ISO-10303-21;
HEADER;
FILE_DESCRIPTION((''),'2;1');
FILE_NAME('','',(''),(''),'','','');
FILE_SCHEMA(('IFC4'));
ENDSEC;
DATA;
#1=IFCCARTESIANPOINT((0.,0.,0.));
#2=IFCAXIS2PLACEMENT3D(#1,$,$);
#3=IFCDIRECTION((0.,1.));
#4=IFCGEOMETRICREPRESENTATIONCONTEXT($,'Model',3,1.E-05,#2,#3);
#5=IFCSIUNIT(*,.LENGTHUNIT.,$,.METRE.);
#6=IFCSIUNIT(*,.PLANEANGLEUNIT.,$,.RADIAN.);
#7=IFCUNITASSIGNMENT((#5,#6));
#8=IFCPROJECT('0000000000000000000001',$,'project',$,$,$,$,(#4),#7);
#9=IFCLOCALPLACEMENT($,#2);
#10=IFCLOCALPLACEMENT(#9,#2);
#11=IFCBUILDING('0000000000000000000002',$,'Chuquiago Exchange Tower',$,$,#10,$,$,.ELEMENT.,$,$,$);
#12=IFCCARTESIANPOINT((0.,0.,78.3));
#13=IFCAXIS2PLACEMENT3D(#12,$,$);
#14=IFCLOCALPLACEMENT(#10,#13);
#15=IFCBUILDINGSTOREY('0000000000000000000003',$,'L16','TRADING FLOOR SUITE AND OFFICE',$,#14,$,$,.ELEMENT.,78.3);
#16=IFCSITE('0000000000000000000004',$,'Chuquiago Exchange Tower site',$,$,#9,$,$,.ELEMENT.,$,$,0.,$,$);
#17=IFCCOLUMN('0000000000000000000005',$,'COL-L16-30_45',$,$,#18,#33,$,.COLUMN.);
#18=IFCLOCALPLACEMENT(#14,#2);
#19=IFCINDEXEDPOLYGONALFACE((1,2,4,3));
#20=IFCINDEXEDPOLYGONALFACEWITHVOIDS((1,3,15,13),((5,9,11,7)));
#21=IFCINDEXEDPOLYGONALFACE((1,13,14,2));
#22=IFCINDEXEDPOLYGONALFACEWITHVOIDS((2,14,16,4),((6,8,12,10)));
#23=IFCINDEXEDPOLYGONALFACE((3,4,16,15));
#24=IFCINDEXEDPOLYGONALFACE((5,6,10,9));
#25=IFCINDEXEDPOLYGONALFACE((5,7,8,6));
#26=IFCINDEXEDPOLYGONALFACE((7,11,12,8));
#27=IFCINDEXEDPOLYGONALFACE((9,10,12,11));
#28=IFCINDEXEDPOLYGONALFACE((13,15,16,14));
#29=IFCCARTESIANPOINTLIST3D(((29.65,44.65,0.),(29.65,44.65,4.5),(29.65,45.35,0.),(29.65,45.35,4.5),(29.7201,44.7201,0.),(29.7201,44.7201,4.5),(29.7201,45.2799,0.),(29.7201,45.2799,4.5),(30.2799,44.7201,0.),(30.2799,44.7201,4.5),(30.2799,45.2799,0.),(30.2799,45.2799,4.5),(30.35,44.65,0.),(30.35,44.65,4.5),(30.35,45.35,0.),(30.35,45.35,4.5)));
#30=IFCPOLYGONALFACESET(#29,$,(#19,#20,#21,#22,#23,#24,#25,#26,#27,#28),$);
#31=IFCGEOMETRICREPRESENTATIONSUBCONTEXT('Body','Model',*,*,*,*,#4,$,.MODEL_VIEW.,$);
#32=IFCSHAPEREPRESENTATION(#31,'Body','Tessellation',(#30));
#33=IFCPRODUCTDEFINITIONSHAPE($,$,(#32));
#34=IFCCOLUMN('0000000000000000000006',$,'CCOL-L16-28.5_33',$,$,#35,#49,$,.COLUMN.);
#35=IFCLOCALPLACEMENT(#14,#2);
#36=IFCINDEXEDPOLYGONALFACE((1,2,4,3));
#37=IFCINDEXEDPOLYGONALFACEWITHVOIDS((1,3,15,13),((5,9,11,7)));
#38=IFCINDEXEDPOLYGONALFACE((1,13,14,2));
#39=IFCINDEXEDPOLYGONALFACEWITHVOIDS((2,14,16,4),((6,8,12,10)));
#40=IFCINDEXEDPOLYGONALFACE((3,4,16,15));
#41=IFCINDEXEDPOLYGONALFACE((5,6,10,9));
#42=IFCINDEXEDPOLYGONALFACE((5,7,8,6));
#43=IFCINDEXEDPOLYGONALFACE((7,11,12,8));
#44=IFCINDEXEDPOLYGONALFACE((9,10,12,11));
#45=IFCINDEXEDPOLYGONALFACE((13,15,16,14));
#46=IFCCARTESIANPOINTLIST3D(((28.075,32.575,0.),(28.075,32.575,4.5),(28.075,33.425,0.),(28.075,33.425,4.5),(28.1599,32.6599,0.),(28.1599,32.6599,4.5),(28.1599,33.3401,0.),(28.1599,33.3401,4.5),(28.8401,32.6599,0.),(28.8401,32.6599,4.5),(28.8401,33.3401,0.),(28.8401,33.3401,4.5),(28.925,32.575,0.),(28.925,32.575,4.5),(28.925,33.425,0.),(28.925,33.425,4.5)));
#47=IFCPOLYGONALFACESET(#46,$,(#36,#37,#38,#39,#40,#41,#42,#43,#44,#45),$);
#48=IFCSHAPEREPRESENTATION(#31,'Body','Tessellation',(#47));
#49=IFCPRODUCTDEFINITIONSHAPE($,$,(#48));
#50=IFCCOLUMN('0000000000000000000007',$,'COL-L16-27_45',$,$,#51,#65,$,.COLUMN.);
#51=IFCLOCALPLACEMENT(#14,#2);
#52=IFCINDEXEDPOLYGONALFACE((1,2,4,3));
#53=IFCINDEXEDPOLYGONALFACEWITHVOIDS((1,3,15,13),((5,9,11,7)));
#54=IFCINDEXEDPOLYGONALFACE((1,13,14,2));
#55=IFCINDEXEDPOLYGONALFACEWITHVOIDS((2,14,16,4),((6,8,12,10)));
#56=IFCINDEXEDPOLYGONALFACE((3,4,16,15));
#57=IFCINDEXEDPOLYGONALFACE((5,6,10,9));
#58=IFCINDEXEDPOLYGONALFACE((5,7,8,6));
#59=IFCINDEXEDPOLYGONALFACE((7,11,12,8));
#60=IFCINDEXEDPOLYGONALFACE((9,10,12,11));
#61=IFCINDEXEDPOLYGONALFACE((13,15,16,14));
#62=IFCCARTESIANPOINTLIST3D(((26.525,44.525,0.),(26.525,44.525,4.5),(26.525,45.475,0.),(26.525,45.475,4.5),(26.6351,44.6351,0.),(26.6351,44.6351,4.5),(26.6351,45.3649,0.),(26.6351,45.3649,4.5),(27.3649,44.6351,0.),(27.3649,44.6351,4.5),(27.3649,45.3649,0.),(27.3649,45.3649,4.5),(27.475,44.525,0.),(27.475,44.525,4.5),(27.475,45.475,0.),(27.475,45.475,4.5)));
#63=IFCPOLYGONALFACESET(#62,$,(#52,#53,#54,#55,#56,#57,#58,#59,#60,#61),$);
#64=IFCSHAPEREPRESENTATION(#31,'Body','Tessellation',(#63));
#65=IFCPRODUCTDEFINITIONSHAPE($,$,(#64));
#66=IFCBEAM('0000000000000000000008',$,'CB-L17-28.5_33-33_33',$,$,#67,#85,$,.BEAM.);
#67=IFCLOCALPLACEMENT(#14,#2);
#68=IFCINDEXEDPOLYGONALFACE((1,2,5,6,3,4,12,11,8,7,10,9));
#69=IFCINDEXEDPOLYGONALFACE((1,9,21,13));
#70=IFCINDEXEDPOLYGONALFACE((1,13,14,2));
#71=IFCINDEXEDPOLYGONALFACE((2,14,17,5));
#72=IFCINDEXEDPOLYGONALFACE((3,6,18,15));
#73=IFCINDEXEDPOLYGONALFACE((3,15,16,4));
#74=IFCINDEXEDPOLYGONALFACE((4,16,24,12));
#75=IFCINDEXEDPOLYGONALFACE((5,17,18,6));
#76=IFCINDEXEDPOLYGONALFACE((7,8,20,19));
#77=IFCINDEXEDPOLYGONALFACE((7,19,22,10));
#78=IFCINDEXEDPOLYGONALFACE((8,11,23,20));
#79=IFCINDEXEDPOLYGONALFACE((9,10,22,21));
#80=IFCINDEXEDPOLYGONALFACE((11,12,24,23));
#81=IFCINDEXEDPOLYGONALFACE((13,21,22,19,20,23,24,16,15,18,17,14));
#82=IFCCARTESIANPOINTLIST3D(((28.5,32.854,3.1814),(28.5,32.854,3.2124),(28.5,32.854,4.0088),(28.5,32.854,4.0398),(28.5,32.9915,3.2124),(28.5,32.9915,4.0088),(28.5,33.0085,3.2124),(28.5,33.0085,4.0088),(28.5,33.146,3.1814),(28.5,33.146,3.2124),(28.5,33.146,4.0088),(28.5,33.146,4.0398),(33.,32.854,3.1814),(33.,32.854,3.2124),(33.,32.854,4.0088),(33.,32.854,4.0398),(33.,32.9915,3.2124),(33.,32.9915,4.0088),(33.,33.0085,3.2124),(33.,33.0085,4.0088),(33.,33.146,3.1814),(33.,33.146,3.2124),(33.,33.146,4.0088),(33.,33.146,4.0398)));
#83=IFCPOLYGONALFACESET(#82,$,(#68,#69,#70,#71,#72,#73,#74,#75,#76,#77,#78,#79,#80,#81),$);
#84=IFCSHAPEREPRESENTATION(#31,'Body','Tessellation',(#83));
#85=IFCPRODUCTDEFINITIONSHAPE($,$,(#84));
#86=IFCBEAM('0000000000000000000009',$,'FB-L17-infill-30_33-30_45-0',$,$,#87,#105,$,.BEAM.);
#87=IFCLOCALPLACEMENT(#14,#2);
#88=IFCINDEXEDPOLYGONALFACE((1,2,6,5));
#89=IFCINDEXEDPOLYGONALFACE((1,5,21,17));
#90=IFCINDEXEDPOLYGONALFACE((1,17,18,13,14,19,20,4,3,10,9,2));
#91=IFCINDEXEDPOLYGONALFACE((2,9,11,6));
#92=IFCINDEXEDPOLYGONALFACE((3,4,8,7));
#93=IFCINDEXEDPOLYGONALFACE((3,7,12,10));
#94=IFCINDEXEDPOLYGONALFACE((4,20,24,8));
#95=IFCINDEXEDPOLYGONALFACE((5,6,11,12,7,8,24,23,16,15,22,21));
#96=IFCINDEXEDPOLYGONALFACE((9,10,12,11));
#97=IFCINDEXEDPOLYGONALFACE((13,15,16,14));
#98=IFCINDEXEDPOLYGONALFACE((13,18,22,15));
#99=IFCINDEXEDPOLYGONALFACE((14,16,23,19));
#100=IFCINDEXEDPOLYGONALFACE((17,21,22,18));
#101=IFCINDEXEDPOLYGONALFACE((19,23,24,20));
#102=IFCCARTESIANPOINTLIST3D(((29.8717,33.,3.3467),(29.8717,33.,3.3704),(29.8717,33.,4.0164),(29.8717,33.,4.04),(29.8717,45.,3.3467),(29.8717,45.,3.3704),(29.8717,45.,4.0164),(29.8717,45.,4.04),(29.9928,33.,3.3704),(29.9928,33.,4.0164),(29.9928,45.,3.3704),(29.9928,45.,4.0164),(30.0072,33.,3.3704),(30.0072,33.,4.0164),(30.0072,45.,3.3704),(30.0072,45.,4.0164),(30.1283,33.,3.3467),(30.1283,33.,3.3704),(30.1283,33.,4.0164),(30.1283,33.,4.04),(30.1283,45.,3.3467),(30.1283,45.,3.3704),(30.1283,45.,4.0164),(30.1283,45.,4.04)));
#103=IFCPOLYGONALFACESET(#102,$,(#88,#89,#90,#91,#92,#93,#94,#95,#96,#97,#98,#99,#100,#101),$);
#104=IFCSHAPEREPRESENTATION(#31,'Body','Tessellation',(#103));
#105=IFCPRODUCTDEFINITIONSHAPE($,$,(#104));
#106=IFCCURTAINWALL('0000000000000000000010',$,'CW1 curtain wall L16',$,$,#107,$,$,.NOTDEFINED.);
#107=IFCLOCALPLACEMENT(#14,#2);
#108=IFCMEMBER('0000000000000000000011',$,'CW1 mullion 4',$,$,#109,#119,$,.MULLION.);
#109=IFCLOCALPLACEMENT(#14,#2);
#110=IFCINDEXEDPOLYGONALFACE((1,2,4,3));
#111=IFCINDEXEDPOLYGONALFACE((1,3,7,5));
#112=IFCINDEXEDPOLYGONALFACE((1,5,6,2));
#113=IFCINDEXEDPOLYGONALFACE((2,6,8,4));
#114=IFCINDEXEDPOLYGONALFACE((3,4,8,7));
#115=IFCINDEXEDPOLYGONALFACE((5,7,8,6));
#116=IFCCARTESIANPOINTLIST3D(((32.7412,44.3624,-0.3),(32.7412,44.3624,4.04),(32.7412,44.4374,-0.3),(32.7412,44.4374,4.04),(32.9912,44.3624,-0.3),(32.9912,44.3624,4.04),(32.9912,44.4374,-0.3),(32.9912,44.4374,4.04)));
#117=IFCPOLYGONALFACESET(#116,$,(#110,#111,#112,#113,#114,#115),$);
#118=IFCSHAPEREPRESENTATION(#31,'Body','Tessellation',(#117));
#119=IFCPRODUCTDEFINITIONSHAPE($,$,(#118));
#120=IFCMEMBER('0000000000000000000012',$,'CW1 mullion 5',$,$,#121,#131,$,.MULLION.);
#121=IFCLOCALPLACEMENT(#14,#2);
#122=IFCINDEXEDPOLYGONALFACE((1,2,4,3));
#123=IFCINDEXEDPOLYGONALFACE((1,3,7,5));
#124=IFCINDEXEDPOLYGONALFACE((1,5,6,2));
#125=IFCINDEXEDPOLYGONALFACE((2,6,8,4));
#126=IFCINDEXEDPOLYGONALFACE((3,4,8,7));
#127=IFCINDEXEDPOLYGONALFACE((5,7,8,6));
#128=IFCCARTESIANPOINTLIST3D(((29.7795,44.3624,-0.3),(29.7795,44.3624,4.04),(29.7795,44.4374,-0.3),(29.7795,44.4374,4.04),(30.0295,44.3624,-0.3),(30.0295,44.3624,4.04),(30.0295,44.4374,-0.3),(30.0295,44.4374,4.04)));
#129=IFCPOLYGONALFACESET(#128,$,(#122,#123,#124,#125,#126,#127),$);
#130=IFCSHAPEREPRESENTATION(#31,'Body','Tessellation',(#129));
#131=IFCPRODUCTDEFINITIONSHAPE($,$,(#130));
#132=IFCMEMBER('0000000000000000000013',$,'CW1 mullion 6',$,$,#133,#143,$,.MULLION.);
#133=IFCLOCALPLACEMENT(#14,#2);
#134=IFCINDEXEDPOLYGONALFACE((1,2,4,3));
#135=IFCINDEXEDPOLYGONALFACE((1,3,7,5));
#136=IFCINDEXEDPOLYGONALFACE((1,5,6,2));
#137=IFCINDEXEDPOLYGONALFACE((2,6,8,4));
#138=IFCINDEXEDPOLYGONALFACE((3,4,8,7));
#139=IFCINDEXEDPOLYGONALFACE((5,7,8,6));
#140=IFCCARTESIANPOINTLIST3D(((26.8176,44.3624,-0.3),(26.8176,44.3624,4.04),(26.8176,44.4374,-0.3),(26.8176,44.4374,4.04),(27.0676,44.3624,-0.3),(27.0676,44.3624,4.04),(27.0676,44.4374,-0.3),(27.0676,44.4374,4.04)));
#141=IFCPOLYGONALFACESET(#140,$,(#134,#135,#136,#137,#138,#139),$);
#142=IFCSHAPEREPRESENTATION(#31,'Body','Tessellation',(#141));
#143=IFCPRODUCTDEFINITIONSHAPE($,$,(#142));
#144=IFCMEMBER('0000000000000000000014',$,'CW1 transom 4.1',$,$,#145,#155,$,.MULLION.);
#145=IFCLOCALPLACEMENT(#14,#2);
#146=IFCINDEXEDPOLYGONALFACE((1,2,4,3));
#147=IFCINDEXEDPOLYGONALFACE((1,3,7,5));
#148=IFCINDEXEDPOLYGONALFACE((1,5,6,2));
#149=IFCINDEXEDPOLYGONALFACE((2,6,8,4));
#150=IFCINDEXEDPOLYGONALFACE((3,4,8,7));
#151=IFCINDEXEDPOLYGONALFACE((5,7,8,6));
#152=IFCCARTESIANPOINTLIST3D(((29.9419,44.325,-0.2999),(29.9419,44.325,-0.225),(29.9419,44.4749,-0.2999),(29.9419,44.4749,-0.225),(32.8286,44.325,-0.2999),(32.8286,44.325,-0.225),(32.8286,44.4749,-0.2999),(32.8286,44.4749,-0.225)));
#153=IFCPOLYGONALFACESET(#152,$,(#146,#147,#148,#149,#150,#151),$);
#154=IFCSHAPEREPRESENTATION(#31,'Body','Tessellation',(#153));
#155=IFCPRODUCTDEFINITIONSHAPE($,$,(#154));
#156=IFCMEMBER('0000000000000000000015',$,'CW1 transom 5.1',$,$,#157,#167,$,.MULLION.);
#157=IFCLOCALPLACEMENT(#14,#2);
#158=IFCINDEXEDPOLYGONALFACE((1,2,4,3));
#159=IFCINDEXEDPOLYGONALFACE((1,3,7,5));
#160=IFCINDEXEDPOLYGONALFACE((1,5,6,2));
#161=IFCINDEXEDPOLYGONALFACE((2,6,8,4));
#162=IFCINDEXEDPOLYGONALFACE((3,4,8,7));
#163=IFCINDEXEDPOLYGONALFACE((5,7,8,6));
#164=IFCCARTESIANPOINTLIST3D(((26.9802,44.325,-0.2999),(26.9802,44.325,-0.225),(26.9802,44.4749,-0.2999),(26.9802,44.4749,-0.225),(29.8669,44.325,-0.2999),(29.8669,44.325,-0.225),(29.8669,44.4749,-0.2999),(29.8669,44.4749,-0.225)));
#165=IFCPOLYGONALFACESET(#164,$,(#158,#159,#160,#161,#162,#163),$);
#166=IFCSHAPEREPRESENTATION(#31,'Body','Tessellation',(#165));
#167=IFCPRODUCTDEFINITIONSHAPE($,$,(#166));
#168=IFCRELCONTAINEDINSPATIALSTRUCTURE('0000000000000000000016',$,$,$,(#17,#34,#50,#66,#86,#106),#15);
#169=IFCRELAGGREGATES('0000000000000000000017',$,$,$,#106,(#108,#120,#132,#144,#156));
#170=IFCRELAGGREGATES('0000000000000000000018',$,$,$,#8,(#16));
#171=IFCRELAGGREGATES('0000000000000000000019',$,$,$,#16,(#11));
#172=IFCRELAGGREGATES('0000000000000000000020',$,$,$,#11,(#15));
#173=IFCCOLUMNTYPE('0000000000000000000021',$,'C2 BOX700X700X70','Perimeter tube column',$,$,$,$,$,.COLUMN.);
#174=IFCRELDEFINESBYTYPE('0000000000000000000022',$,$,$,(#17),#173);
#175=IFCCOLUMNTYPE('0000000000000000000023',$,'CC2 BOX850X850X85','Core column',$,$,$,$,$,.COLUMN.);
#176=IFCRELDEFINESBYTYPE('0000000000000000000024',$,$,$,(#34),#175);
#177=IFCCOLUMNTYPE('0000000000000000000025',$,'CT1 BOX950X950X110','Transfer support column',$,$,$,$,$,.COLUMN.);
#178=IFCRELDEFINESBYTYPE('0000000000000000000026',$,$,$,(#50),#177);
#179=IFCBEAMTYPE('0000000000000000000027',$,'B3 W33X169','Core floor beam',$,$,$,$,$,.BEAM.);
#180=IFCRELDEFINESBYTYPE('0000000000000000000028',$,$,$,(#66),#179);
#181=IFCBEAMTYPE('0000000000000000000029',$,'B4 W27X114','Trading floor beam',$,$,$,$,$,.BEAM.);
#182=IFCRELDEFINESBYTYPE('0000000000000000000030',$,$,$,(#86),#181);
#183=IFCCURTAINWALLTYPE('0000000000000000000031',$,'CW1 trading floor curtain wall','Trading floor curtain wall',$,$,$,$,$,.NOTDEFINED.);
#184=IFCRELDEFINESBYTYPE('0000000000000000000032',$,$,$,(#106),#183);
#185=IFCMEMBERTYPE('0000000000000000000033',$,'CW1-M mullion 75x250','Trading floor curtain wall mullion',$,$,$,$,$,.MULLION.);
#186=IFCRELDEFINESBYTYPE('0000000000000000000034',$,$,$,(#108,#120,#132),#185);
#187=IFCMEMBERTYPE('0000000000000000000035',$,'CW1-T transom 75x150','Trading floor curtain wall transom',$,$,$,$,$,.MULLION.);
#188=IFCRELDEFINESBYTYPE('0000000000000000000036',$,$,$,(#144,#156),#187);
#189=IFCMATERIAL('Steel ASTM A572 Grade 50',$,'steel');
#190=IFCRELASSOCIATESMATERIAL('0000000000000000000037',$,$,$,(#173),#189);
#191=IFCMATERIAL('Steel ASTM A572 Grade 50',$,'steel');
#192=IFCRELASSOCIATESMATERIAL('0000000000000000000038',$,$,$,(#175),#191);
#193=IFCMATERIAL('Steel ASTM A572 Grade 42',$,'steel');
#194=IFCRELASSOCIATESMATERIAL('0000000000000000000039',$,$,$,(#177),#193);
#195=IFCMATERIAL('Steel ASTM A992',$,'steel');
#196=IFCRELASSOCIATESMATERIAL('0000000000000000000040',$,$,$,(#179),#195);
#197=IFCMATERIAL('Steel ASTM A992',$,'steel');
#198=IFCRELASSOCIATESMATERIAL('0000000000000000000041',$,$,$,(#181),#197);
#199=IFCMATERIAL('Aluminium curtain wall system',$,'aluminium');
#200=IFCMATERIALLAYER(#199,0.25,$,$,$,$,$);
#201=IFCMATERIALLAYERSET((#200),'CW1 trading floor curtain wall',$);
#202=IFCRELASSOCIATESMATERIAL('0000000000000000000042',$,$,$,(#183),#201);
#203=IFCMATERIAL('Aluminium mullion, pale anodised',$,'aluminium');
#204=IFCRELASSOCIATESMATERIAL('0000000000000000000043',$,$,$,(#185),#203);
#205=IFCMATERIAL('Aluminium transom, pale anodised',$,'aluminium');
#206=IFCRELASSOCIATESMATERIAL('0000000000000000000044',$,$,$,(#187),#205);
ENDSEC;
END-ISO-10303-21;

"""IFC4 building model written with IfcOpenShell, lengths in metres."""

from ifc_helpers import new_model, si_unit, direction, frame, origin, origin_2d, place, context, subcontext, project, spatial, rectangle, hollow_rectangle, i_section, extrude, material, layer, layer_set, material_profile, profile_set, type_object, element, aggregate, save


model = new_model("IFC4")

# Units and contexts
model_context = context("Model", 3, precision=1e-05, world=origin(), true_north=direction((0.0, 1.0)))
body_context = subcontext(model_context, "Body", "Model", "MODEL_VIEW")
ifc_project = project(units=[si_unit("LENGTHUNIT", "METRE"), si_unit("PLANEANGLEUNIT", "RADIAN")], contexts=[model_context])

# Site, building, storey
site_placement = place(None, origin())
site = spatial("IfcSite", under=ifc_project, at=site_placement, Name="Chuquiago Exchange Tower site", CompositionType="ELEMENT", RefElevation=0.0)
building_placement = place(site_placement, origin())
building = spatial("IfcBuilding", under=site, at=building_placement, Name="Chuquiago Exchange Tower", CompositionType="ELEMENT")
storey_placement = place(building_placement, frame((0.0, 0.0, 78.3)))
storey = spatial("IfcBuildingStorey", under=building, at=storey_placement, Name="L16", Description="TRADING FLOOR SUITE AND OFFICE", CompositionType="ELEMENT", Elevation=78.3)

# Columns
ifc_material_1 = material(Name="Steel ASTM A572 Grade 50", Category="steel")
ifc_material_profile_1 = material_profile(ifc_material_1, hollow_rectangle(XDim=0.7, YDim=0.7, WallThickness=0.0701, at=origin_2d()), Name="BOX700X700X70")
ifc_profile_set_1 = profile_set([ifc_material_profile_1], Name="Steel ASTM A572 Grade 50")
column_type_1 = type_object("IfcColumnType", Name="C2 BOX700X700X70", Description="Perimeter tube column", PredefinedType="COLUMN", material=ifc_profile_set_1)
column_1_placement = place(storey_placement, frame((30.0, 45.0, 0.0), z_axis=(0.0, 0.0, 1.0), x_axis=(0.0, 1.0, 0.0)))
element("IfcColumn", 1, at=column_1_placement, inside=storey, type_object=column_type_1, Name="COL-L16-30_45", PredefinedType="COLUMN", context=body_context, shape_type="SweptSolid", body=[
    extrude(hollow_rectangle(XDim=0.7, YDim=0.7, WallThickness=0.0701, at=origin_2d()), origin(), (0.0, 0.0, 1.0), 4.5),
])
ifc_material_2 = material(Name="Steel ASTM A572 Grade 50", Category="steel")
ifc_material_profile_2 = material_profile(ifc_material_2, hollow_rectangle(XDim=0.8501, YDim=0.8501, WallThickness=0.085, at=origin_2d()), Name="BOX850X850X85")
ifc_profile_set_2 = profile_set([ifc_material_profile_2], Name="Steel ASTM A572 Grade 50")
column_type_2 = type_object("IfcColumnType", Name="CC2 BOX850X850X85", Description="Core column", PredefinedType="COLUMN", material=ifc_profile_set_2)
column_2_placement = place(storey_placement, frame((28.5, 33.0, 0.0), z_axis=(0.0, 0.0, 1.0), x_axis=(1.0, 0.0, 0.0)))
element("IfcColumn", 2, at=column_2_placement, inside=storey, type_object=column_type_2, Name="CCOL-L16-28.5_33", PredefinedType="COLUMN", context=body_context, shape_type="SweptSolid", body=[
    extrude(hollow_rectangle(XDim=0.8501, YDim=0.8501, WallThickness=0.085, at=origin_2d()), origin(), (0.0, 0.0, 1.0), 4.5),
])
ifc_material_3 = material(Name="Steel ASTM A572 Grade 42", Category="steel")
ifc_material_profile_3 = material_profile(ifc_material_3, hollow_rectangle(XDim=0.95, YDim=0.95, WallThickness=0.1101, at=origin_2d()), Name="BOX950X950X110")
ifc_profile_set_3 = profile_set([ifc_material_profile_3], Name="Steel ASTM A572 Grade 42")
column_type_3 = type_object("IfcColumnType", Name="CT1 BOX950X950X110", Description="Transfer support column", PredefinedType="COLUMN", material=ifc_profile_set_3)
column_3_placement = place(storey_placement, frame((27.0, 45.0, 0.0), z_axis=(0.0, 0.0, 1.0), x_axis=(0.0, 1.0, 0.0)))
element("IfcColumn", 3, at=column_3_placement, inside=storey, type_object=column_type_3, Name="COL-L16-27_45", PredefinedType="COLUMN", context=body_context, shape_type="SweptSolid", body=[
    extrude(hollow_rectangle(XDim=0.95, YDim=0.95, WallThickness=0.1101, at=origin_2d()), origin(), (0.0, 0.0, 1.0), 4.5),
])

# Beams
ifc_material_4 = material(Name="Steel ASTM A992", Category="steel")
ifc_material_profile_4 = material_profile(ifc_material_4, i_section(OverallWidth=0.292, OverallDepth=0.8584, WebThickness=0.0171, FlangeThickness=0.031, at=origin_2d()), Name="W33X169")
ifc_profile_set_4 = profile_set([ifc_material_profile_4], Name="Steel ASTM A992")
beam_type_1 = type_object("IfcBeamType", Name="B3 W33X169", Description="Core floor beam", PredefinedType="BEAM", material=ifc_profile_set_4)
beam_1_placement = place(storey_placement, frame((28.5, 33.0, 3.6106), z_axis=(1.0, 0.0, 0.0), x_axis=(0.0, 1.0, 0.0)))
element("IfcBeam", 4, at=beam_1_placement, inside=storey, type_object=beam_type_1, Name="CB-L17-28.5_33-33_33", PredefinedType="BEAM", context=body_context, shape_type="SweptSolid", body=[
    extrude(i_section(OverallWidth=0.292, OverallDepth=0.8584, WebThickness=0.0171, FlangeThickness=0.031, at=origin_2d()), origin(), (0.0, 0.0, 1.0), 4.5),
])
ifc_material_5 = material(Name="Steel ASTM A992", Category="steel")
ifc_material_profile_5 = material_profile(ifc_material_5, i_section(OverallWidth=0.2566, OverallDepth=0.6934, WebThickness=0.0144, FlangeThickness=0.0237, at=origin_2d()), Name="W27X114")
ifc_profile_set_5 = profile_set([ifc_material_profile_5], Name="Steel ASTM A992")
beam_type_2 = type_object("IfcBeamType", Name="B4 W27X114", Description="Trading floor beam", PredefinedType="BEAM", material=ifc_profile_set_5)
beam_2_placement = place(storey_placement, frame((30.0, 33.0, 3.6934), z_axis=(0.0, 1.0, 0.0), x_axis=(-1.0, 0.0, 0.0)))
element("IfcBeam", 5, at=beam_2_placement, inside=storey, type_object=beam_type_2, Name="FB-L17-infill-30_33-30_45-0", PredefinedType="BEAM", context=body_context, shape_type="SweptSolid", body=[
    extrude(i_section(OverallWidth=0.2566, OverallDepth=0.6934, WebThickness=0.0144, FlangeThickness=0.0237, at=origin_2d()), origin(), (0.0, 0.0, 1.0), 12.0),
])

# Curtain wall, members
ifc_material_6 = material(Name="Aluminium curtain wall system", Category="aluminium")
ifc_layer_1 = layer(ifc_material_6, 0.25)
ifc_layer_set_1 = layer_set([ifc_layer_1], Name="CW1 trading floor curtain wall")
curtain_wall_type = type_object("IfcCurtainWallType", Name="CW1 trading floor curtain wall", Description="Trading floor curtain wall", PredefinedType="NOTDEFINED", material=ifc_layer_set_1)
curtain_wall_placement = place(storey_placement, origin())
curtain_wall = element("IfcCurtainWall", 6, at=curtain_wall_placement, inside=storey, type_object=curtain_wall_type, Name="CW1 curtain wall L16", PredefinedType="NOTDEFINED")
ifc_material_7 = material(Name="Aluminium mullion, pale anodised", Category="aluminium")
ifc_material_profile_6 = material_profile(ifc_material_7, rectangle(XDim=0.075, YDim=0.25, at=origin_2d()), Name="AL 75x250")
ifc_profile_set_6 = profile_set([ifc_material_profile_6], Name="Aluminium mullion, pale anodised")
member_type_1 = type_object("IfcMemberType", Name="CW1-M mullion 75x250", Description="Trading floor curtain wall mullion", PredefinedType="MULLION", material=ifc_profile_set_6)
member_1_placement = place(storey_placement, frame((32.8662, 44.3999, -0.3), z_axis=(0.0, 0.0, 1.0), x_axis=(0.0, -1.0, 0.0)))
member_1 = element("IfcMember", 7, at=member_1_placement, type_object=member_type_1, Name="CW1 mullion 4", PredefinedType="MULLION", context=body_context, shape_type="SweptSolid", body=[
    extrude(rectangle(XDim=0.075, YDim=0.25, at=origin_2d()), origin(), (0.0, 0.0, 1.0), 4.3401),
])
member_2_placement = place(storey_placement, frame((29.9045, 44.3999, -0.3), z_axis=(0.0, 0.0, 1.0), x_axis=(0.0, -1.0, 0.0)))
member_2 = element("IfcMember", 8, at=member_2_placement, type_object=member_type_1, Name="CW1 mullion 5", PredefinedType="MULLION", context=body_context, shape_type="SweptSolid", body=[
    extrude(rectangle(XDim=0.075, YDim=0.25, at=origin_2d()), origin(), (0.0, 0.0, 1.0), 4.3401),
])
member_3_placement = place(storey_placement, frame((26.9426, 44.3999, -0.3), z_axis=(0.0, 0.0, 1.0), x_axis=(0.0, -1.0, 0.0)))
member_3 = element("IfcMember", 9, at=member_3_placement, type_object=member_type_1, Name="CW1 mullion 6", PredefinedType="MULLION", context=body_context, shape_type="SweptSolid", body=[
    extrude(rectangle(XDim=0.075, YDim=0.25, at=origin_2d()), origin(), (0.0, 0.0, 1.0), 4.3401),
])
ifc_material_8 = material(Name="Aluminium transom, pale anodised", Category="aluminium")
ifc_material_profile_7 = material_profile(ifc_material_8, rectangle(XDim=0.1499, YDim=0.075, at=origin_2d()), Name="AL 150x75")
ifc_profile_set_7 = profile_set([ifc_material_profile_7], Name="Aluminium transom, pale anodised")
member_type_2 = type_object("IfcMemberType", Name="CW1-T transom 75x150", Description="Trading floor curtain wall transom", PredefinedType="MULLION", material=ifc_profile_set_7)
member_4_placement = place(storey_placement, frame((32.8286, 44.3999, -0.2625), z_axis=(-1.0, 0.0, 0.0), x_axis=(0.0, -1.0, 0.0)))
member_4 = element("IfcMember", 10, at=member_4_placement, type_object=member_type_2, Name="CW1 transom 4.1", PredefinedType="MULLION", context=body_context, shape_type="SweptSolid", body=[
    extrude(rectangle(XDim=0.1499, YDim=0.075, at=origin_2d()), origin(), (0.0, 0.0, 1.0), 2.8867),
])
member_5_placement = place(storey_placement, frame((29.8669, 44.3999, -0.2625), z_axis=(-1.0, 0.0, 0.0), x_axis=(0.0, -1.0, 0.0)))
member_5 = element("IfcMember", 11, at=member_5_placement, type_object=member_type_2, Name="CW1 transom 5.1", PredefinedType="MULLION", context=body_context, shape_type="SweptSolid", body=[
    extrude(rectangle(XDim=0.1499, YDim=0.075, at=origin_2d()), origin(), (0.0, 0.0, 1.0), 2.8867),
])

aggregate(curtain_wall, [member_1, member_2, member_3, member_4, member_5])

save(model, "model.ifc")
